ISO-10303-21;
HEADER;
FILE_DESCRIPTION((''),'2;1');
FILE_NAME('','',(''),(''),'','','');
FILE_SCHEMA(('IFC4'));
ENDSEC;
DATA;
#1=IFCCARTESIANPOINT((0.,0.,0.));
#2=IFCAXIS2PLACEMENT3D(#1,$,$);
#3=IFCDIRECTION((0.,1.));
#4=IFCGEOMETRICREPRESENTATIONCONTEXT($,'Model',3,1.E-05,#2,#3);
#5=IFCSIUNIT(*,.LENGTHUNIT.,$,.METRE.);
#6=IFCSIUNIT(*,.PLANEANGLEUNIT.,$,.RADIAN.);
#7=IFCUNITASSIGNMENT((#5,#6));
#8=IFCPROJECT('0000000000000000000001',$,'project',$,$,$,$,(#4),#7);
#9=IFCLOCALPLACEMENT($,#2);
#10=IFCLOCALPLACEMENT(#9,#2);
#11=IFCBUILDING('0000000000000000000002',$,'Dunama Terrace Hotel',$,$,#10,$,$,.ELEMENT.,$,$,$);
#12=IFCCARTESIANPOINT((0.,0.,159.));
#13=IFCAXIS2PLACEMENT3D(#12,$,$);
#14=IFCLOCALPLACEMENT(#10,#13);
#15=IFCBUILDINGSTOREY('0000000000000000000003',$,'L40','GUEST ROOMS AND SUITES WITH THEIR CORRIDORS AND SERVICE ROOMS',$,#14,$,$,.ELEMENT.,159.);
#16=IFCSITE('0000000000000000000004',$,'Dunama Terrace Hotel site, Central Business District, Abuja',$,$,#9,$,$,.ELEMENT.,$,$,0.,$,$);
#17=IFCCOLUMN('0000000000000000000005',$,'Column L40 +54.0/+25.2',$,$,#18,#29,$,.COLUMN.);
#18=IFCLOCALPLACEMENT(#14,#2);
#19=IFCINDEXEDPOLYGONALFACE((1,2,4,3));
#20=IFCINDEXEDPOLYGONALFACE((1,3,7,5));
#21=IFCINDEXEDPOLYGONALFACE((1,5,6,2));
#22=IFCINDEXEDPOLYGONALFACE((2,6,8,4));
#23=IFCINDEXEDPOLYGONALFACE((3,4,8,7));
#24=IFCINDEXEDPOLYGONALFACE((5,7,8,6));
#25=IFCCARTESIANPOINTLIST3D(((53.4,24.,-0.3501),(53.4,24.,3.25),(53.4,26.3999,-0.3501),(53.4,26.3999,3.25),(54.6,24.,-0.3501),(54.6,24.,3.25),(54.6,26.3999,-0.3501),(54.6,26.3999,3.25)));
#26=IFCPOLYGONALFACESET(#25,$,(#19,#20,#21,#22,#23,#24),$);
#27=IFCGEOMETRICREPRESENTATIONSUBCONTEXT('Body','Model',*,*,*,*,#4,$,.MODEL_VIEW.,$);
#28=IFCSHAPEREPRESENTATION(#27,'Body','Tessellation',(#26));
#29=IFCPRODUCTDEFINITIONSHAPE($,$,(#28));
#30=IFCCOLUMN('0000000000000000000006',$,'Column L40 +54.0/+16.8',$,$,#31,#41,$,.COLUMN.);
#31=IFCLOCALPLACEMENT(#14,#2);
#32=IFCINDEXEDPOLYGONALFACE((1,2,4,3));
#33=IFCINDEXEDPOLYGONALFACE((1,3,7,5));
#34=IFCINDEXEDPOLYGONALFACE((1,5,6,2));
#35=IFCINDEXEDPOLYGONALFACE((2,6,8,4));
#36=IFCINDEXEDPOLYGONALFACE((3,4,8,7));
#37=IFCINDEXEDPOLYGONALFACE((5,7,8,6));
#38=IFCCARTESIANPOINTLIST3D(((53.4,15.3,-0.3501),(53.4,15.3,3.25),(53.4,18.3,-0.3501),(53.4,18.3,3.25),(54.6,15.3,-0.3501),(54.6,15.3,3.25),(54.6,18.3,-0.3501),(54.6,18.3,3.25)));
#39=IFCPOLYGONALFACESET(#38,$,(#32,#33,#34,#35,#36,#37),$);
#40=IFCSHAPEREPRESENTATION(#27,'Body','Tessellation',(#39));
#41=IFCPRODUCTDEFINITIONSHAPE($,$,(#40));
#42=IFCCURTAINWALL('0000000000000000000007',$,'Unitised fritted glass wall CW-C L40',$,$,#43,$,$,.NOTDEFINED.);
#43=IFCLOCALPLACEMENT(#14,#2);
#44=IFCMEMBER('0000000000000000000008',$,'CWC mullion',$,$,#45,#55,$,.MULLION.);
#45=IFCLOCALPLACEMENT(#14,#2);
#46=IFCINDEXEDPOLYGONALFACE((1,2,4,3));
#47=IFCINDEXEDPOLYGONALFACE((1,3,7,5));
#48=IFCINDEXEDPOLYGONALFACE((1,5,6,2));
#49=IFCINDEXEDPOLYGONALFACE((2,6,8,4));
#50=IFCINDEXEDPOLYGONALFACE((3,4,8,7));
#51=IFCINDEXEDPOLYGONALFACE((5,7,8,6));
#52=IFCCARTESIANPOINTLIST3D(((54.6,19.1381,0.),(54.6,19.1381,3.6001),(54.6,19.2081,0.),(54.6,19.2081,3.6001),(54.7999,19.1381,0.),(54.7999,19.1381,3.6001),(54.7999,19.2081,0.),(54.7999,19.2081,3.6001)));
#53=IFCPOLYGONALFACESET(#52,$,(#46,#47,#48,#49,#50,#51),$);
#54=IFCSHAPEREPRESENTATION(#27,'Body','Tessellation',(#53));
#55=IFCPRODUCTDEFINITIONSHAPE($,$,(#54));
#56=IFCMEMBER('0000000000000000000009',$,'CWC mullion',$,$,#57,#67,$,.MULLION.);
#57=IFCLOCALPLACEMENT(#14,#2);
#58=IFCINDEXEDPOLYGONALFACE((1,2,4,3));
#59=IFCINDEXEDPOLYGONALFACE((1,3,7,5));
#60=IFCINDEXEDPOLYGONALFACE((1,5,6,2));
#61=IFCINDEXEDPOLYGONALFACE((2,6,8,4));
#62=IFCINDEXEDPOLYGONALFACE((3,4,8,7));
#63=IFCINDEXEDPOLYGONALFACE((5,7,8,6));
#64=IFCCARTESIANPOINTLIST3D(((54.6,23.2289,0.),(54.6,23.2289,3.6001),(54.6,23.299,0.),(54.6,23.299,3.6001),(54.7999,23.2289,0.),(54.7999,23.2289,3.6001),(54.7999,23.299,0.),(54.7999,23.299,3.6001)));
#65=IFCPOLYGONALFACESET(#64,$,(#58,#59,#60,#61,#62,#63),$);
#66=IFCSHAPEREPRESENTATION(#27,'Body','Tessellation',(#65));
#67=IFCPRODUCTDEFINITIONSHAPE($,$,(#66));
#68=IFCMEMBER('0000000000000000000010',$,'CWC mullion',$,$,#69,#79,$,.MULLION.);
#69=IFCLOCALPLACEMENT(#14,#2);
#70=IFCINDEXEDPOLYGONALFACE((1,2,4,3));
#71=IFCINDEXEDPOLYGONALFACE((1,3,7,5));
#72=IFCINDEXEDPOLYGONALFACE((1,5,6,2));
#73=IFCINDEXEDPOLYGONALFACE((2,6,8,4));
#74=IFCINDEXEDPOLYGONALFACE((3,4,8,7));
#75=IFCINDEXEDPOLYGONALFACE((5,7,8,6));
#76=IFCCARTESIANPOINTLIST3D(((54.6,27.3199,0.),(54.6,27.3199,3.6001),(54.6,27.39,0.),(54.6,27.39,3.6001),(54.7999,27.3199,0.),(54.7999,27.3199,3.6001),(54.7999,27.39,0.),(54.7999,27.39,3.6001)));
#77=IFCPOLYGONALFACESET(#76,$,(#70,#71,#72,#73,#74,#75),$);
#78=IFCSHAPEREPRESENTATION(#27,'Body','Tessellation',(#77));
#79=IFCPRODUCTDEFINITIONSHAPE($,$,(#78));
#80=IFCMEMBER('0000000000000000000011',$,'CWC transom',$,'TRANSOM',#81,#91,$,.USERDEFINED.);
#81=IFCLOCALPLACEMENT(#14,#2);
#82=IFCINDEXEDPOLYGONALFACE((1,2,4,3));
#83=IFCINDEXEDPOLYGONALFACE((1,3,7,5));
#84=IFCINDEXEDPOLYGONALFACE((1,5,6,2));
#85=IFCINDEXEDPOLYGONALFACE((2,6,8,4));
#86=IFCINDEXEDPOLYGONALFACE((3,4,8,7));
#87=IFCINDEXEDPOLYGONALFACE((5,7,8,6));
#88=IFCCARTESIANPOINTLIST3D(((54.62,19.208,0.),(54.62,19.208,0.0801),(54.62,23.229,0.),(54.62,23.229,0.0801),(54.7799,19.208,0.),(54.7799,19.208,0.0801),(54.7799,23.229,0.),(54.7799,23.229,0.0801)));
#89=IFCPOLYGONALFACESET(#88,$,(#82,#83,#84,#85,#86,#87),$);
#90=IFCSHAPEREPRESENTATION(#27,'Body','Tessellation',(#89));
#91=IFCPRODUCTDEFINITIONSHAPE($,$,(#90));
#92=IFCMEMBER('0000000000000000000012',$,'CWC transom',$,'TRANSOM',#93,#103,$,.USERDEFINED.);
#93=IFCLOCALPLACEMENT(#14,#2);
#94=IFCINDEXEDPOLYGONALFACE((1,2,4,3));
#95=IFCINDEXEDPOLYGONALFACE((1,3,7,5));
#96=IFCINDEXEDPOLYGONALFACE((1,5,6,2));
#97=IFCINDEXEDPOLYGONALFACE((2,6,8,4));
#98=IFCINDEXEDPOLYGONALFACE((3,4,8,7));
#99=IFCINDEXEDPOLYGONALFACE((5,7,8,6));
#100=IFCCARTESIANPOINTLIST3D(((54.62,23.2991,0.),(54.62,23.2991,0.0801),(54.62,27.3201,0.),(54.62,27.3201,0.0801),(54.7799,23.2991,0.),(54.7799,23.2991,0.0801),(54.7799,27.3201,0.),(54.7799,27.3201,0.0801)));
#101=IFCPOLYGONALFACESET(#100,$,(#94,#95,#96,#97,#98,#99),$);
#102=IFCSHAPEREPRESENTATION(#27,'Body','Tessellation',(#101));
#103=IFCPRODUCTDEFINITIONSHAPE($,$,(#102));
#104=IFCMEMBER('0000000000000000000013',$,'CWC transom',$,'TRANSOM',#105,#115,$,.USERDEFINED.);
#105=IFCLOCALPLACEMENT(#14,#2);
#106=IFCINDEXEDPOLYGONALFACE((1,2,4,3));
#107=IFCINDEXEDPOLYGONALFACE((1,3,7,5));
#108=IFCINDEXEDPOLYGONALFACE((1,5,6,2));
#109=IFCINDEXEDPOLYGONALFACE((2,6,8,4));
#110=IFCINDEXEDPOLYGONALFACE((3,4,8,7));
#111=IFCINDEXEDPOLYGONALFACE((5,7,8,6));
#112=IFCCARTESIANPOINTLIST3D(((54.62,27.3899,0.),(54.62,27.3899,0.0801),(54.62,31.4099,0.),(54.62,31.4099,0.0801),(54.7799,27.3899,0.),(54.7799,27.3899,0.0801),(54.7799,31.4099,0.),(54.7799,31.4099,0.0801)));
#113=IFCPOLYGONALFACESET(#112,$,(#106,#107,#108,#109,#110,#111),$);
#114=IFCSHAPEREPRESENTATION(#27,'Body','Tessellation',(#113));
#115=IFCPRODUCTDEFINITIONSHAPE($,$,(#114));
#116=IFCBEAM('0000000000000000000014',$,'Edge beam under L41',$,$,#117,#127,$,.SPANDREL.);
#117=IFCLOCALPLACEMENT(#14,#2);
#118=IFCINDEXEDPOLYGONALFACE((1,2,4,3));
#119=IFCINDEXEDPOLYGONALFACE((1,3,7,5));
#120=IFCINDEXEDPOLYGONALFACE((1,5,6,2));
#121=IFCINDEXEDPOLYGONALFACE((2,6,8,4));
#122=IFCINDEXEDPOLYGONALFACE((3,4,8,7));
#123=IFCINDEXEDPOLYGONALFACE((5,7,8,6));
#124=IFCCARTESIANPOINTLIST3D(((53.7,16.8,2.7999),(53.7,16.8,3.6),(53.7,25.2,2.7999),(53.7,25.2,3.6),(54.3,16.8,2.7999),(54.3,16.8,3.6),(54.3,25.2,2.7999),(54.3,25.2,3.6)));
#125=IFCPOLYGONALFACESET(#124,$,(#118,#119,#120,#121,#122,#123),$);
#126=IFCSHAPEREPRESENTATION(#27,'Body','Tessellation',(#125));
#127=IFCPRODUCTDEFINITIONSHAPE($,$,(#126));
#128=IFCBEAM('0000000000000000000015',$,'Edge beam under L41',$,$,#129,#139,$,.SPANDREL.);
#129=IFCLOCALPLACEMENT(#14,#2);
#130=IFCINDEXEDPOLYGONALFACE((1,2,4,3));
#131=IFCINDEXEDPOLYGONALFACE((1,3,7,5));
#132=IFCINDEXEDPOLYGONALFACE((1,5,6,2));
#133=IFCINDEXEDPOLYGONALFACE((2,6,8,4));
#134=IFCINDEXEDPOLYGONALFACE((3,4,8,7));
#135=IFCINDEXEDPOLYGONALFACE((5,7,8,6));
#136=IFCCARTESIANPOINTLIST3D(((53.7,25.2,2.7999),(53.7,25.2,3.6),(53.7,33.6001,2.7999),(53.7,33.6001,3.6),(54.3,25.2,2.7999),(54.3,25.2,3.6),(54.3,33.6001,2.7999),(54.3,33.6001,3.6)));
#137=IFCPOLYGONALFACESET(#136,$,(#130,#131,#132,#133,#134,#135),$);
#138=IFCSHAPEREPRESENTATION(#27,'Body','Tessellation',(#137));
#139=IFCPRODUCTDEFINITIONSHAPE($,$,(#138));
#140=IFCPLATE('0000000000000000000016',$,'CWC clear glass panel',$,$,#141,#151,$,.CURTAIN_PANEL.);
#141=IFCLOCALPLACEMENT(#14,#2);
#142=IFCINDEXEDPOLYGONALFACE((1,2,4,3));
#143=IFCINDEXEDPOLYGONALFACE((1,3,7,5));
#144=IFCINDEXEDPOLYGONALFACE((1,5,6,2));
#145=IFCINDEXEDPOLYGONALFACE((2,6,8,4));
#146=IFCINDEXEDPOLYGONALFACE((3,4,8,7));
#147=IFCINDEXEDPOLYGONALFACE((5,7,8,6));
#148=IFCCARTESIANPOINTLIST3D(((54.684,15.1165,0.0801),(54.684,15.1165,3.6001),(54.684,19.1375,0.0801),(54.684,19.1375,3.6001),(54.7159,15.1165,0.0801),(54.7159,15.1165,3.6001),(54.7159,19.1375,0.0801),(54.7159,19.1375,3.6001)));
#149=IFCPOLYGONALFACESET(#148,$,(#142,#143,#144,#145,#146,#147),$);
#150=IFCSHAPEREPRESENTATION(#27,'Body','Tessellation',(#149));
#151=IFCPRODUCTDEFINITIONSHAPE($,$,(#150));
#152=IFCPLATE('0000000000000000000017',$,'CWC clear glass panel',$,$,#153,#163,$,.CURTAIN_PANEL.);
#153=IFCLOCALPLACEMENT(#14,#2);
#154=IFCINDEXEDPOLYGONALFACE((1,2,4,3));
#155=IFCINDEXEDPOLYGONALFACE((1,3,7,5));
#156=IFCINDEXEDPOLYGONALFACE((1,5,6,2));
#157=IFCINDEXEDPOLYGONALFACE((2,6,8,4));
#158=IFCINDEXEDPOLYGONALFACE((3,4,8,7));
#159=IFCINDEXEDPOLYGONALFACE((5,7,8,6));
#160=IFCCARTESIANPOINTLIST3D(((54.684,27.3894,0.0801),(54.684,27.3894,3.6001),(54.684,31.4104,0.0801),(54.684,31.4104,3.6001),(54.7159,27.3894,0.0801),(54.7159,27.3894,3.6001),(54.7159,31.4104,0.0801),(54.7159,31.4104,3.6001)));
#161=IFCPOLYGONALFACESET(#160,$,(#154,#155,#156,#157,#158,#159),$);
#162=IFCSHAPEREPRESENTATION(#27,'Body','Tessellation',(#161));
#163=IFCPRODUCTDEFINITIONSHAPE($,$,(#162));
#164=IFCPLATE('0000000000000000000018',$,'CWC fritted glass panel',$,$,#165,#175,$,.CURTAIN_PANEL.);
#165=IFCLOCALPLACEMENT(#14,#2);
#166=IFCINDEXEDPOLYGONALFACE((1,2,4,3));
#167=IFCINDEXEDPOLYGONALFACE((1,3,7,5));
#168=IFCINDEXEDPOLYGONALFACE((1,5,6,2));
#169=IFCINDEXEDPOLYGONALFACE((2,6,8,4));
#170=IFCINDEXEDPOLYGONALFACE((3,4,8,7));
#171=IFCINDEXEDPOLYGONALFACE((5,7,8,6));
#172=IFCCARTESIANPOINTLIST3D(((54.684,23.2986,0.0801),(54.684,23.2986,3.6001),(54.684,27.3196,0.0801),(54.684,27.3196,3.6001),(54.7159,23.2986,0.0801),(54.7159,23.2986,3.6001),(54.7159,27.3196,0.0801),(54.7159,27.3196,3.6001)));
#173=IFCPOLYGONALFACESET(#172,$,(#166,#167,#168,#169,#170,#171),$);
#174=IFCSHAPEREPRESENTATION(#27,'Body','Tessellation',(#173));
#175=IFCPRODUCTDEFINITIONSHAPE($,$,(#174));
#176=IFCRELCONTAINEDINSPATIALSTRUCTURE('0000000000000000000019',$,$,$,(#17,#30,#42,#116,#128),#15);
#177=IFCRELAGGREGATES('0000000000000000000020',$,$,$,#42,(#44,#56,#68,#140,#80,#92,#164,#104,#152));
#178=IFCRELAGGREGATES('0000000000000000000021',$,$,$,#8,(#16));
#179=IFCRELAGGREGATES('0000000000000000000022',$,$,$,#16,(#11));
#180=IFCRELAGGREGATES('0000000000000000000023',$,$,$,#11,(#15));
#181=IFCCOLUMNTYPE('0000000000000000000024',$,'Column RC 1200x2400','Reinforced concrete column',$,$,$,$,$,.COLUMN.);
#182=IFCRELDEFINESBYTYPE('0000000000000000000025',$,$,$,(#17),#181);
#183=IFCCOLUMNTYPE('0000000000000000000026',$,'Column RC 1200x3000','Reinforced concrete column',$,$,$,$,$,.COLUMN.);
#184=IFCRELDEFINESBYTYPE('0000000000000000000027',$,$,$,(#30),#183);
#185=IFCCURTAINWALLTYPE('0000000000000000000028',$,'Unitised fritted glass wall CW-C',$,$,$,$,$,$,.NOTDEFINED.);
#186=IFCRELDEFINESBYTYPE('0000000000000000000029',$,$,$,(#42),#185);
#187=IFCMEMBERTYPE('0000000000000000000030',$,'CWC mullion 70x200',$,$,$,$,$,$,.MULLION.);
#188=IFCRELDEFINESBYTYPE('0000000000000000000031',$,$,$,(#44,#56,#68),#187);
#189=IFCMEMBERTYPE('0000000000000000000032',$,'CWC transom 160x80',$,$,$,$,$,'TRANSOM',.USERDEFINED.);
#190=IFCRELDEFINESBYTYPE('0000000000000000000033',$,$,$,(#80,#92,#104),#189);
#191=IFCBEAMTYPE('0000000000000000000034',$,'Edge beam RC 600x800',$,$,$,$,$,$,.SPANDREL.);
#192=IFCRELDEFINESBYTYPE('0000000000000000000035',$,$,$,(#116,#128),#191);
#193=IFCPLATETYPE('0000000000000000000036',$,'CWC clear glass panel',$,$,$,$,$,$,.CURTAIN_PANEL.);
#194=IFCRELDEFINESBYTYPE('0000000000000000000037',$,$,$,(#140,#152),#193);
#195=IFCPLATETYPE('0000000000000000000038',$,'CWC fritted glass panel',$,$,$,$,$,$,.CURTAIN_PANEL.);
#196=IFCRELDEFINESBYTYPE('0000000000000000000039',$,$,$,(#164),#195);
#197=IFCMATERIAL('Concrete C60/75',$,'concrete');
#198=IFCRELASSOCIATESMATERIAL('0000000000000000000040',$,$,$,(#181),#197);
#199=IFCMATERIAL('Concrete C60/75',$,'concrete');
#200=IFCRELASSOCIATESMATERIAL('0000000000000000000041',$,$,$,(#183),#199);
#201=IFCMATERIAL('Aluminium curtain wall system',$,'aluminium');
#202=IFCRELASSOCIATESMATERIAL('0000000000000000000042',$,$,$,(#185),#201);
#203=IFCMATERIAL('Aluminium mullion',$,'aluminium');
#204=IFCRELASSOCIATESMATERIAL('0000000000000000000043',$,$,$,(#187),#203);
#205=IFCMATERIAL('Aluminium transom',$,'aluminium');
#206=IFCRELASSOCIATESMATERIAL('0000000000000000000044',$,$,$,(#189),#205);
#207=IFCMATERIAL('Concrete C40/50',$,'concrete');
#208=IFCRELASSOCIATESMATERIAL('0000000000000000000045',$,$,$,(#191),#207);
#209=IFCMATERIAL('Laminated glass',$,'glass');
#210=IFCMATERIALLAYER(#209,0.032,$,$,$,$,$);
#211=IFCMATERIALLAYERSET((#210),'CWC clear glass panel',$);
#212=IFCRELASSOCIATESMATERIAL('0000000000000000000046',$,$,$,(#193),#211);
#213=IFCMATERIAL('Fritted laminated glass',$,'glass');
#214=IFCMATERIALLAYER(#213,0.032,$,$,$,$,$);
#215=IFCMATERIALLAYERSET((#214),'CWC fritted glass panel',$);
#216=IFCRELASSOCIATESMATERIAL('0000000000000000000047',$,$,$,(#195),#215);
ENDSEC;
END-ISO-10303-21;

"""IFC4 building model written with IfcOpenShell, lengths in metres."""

from ifc_helpers import new_model, si_unit, direction, frame, origin, origin_2d, place, context, subcontext, project, spatial, rectangle, extrude, material, layer, layer_set, material_profile, profile_set, type_object, element, aggregate, save


model = new_model("IFC4")

# Units and contexts
model_context = context("Model", 3, precision=1e-05, world=origin(), true_north=direction((0.0, 1.0)))
body_context = subcontext(model_context, "Body", "Model", "MODEL_VIEW")
ifc_project = project(units=[si_unit("LENGTHUNIT", "METRE"), si_unit("PLANEANGLEUNIT", "RADIAN")], contexts=[model_context])

# Site, building, storey
site_placement = place(None, origin())
site = spatial("IfcSite", under=ifc_project, at=site_placement, Name="Dunama Terrace Hotel site, Central Business District, Abuja", CompositionType="ELEMENT", RefElevation=0.0)
building_placement = place(site_placement, origin())
building = spatial("IfcBuilding", under=site, at=building_placement, Name="Dunama Terrace Hotel", CompositionType="ELEMENT")
storey_placement = place(building_placement, frame((0.0, 0.0, 159.0)))
storey = spatial("IfcBuildingStorey", under=building, at=storey_placement, Name="L40", Description="GUEST ROOMS AND SUITES WITH THEIR CORRIDORS AND SERVICE ROOMS", CompositionType="ELEMENT", Elevation=159.0)

# Columns
ifc_material_1 = material(Name="Concrete C60/75", Category="concrete")
ifc_material_profile_1 = material_profile(ifc_material_1, rectangle(XDim=1.2, YDim=2.3999, at=origin_2d()), Name="RC 1200x2400")
ifc_profile_set_1 = profile_set([ifc_material_profile_1], Name="Concrete C60/75")
column_type_1 = type_object("IfcColumnType", Name="Column RC 1200x2400", Description="Reinforced concrete column", PredefinedType="COLUMN", material=ifc_profile_set_1)
column_1_placement = place(storey_placement, frame((54.0, 25.2, -0.3501), z_axis=(0.0, 0.0, 1.0), x_axis=(1.0, 0.0, 0.0)))
element("IfcColumn", 1, at=column_1_placement, inside=storey, type_object=column_type_1, Name="Column L40 +54.0/+25.2", PredefinedType="COLUMN", context=body_context, shape_type="SweptSolid", body=[
    extrude(rectangle(XDim=1.2, YDim=2.3999, at=origin_2d()), origin(), (0.0, 0.0, 1.0), 3.6001),
])
ifc_material_2 = material(Name="Concrete C60/75", Category="concrete")
ifc_material_profile_2 = material_profile(ifc_material_2, rectangle(XDim=1.2, YDim=3.0, at=origin_2d()), Name="RC 1200x3000")
ifc_profile_set_2 = profile_set([ifc_material_profile_2], Name="Concrete C60/75")
column_type_2 = type_object("IfcColumnType", Name="Column RC 1200x3000", Description="Reinforced concrete column", PredefinedType="COLUMN", material=ifc_profile_set_2)
column_2_placement = place(storey_placement, frame((54.0, 16.8, -0.3501), z_axis=(0.0, 0.0, 1.0), x_axis=(1.0, 0.0, 0.0)))
element("IfcColumn", 2, at=column_2_placement, inside=storey, type_object=column_type_2, Name="Column L40 +54.0/+16.8", PredefinedType="COLUMN", context=body_context, shape_type="SweptSolid", body=[
    extrude(rectangle(XDim=1.2, YDim=3.0, at=origin_2d()), origin(), (0.0, 0.0, 1.0), 3.6001),
])

# Curtain wall, members
ifc_material_3 = material(Name="Aluminium curtain wall system", Category="aluminium")
curtain_wall_type = type_object("IfcCurtainWallType", Name="Unitised fritted glass wall CW-C", PredefinedType="NOTDEFINED", material=ifc_material_3)
curtain_wall_placement = place(storey_placement, origin())
curtain_wall = element("IfcCurtainWall", 3, at=curtain_wall_placement, inside=storey, type_object=curtain_wall_type, Name="Unitised fritted glass wall CW-C L40", PredefinedType="NOTDEFINED")
ifc_material_4 = material(Name="Aluminium mullion", Category="aluminium")
ifc_material_profile_3 = material_profile(ifc_material_4, rectangle(XDim=0.0701, YDim=0.2, at=origin_2d()), Name="CWC MULLION 70X200")
ifc_profile_set_3 = profile_set([ifc_material_profile_3], Name="Aluminium mullion")
member_type_1 = type_object("IfcMemberType", Name="CWC mullion 70x200", PredefinedType="MULLION", material=ifc_profile_set_3)
member_1_placement = place(storey_placement, frame((54.7, 19.1731, 0.0), z_axis=(0.0, 0.0, 1.0), x_axis=(0.0, 1.0, 0.0)))
member_1 = element("IfcMember", 4, at=member_1_placement, type_object=member_type_1, Name="CWC mullion", PredefinedType="MULLION", context=body_context, shape_type="SweptSolid", body=[
    extrude(rectangle(XDim=0.0701, YDim=0.2, at=origin_2d()), origin(), (0.0, 0.0, 1.0), 3.6001),
])
member_2_placement = place(storey_placement, frame((54.7, 23.2639, 0.0), z_axis=(0.0, 0.0, 1.0), x_axis=(0.0, 1.0, 0.0)))
member_2 = element("IfcMember", 5, at=member_2_placement, type_object=member_type_1, Name="CWC mullion", PredefinedType="MULLION", context=body_context, shape_type="SweptSolid", body=[
    extrude(rectangle(XDim=0.0701, YDim=0.2, at=origin_2d()), origin(), (0.0, 0.0, 1.0), 3.6001),
])
member_3_placement = place(storey_placement, frame((54.7, 27.355, 0.0), z_axis=(0.0, 0.0, 1.0), x_axis=(0.0, 1.0, 0.0)))
member_3 = element("IfcMember", 6, at=member_3_placement, type_object=member_type_1, Name="CWC mullion", PredefinedType="MULLION", context=body_context, shape_type="SweptSolid", body=[
    extrude(rectangle(XDim=0.0701, YDim=0.2, at=origin_2d()), origin(), (0.0, 0.0, 1.0), 3.6001),
])
ifc_material_5 = material(Name="Aluminium transom", Category="aluminium")
ifc_material_profile_4 = material_profile(ifc_material_5, rectangle(XDim=0.1599, YDim=0.0801, at=origin_2d()), Name="CWC TRANSOM 160X80")
ifc_profile_set_4 = profile_set([ifc_material_profile_4], Name="Aluminium transom")
member_type_2 = type_object("IfcMemberType", Name="CWC transom 160x80", ElementType="TRANSOM", PredefinedType="USERDEFINED", material=ifc_profile_set_4)
member_4_placement = place(storey_placement, frame((54.7, 19.208, 0.04), z_axis=(0.0, 1.0, 0.0), x_axis=(-1.0, 0.0, 0.0)))
member_4 = element("IfcMember", 7, at=member_4_placement, type_object=member_type_2, Name="CWC transom", ObjectType="TRANSOM", PredefinedType="USERDEFINED", context=body_context, shape_type="SweptSolid", body=[
    extrude(rectangle(XDim=0.1599, YDim=0.0801, at=origin_2d()), origin(), (0.0, 0.0, 1.0), 4.021),
])
member_5_placement = place(storey_placement, frame((54.7, 23.2991, 0.04), z_axis=(0.0, 1.0, 0.0), x_axis=(-1.0, 0.0, 0.0)))
member_5 = element("IfcMember", 8, at=member_5_placement, type_object=member_type_2, Name="CWC transom", ObjectType="TRANSOM", PredefinedType="USERDEFINED", context=body_context, shape_type="SweptSolid", body=[
    extrude(rectangle(XDim=0.1599, YDim=0.0801, at=origin_2d()), origin(), (0.0, 0.0, 1.0), 4.021),
])
member_6_placement = place(storey_placement, frame((54.7, 27.3899, 0.04), z_axis=(0.0, 1.0, 0.0), x_axis=(-1.0, 0.0, 0.0)))
member_6 = element("IfcMember", 9, at=member_6_placement, type_object=member_type_2, Name="CWC transom", ObjectType="TRANSOM", PredefinedType="USERDEFINED", context=body_context, shape_type="SweptSolid", body=[
    extrude(rectangle(XDim=0.1599, YDim=0.0801, at=origin_2d()), origin(), (0.0, 0.0, 1.0), 4.02),
])

# Beams
ifc_material_6 = material(Name="Concrete C40/50", Category="concrete")
ifc_material_profile_5 = material_profile(ifc_material_6, rectangle(XDim=0.6001, YDim=0.8, at=origin_2d()), Name="RC 600x800")
ifc_profile_set_5 = profile_set([ifc_material_profile_5], Name="Concrete C40/50")
beam_type = type_object("IfcBeamType", Name="Edge beam RC 600x800", PredefinedType="SPANDREL", material=ifc_profile_set_5)
beam_1_placement = place(storey_placement, frame((54.0, 16.8, 3.2), z_axis=(0.0, 1.0, 0.0), x_axis=(-1.0, 0.0, 0.0)))
element("IfcBeam", 10, at=beam_1_placement, inside=storey, type_object=beam_type, Name="Edge beam under L41", PredefinedType="SPANDREL", context=body_context, shape_type="SweptSolid", body=[
    extrude(rectangle(XDim=0.6001, YDim=0.8, at=origin_2d()), origin(), (0.0, 0.0, 1.0), 8.3999),
])
beam_2_placement = place(storey_placement, frame((54.0, 25.2, 3.2), z_axis=(0.0, 1.0, 0.0), x_axis=(-1.0, 0.0, 0.0)))
element("IfcBeam", 11, at=beam_2_placement, inside=storey, type_object=beam_type, Name="Edge beam under L41", PredefinedType="SPANDREL", context=body_context, shape_type="SweptSolid", body=[
    extrude(rectangle(XDim=0.6001, YDim=0.8, at=origin_2d()), origin(), (0.0, 0.0, 1.0), 8.4001),
])

# Plates
ifc_material_7 = material(Name="Laminated glass", Category="glass")
ifc_layer_1 = layer(ifc_material_7, 0.032)
ifc_layer_set_1 = layer_set([ifc_layer_1], Name="CWC clear glass panel")
plate_type_1 = type_object("IfcPlateType", Name="CWC clear glass panel", PredefinedType="CURTAIN_PANEL", material=ifc_layer_set_1)
plate_1_placement = place(storey_placement, frame((54.7, 17.127, 0.0801), z_axis=(0.0, 0.0, 1.0), x_axis=(0.0, 1.0, 0.0)))
plate_1 = element("IfcPlate", 12, at=plate_1_placement, type_object=plate_type_1, Name="CWC clear glass panel", PredefinedType="CURTAIN_PANEL", context=body_context, shape_type="SweptSolid", body=[
    extrude(rectangle(XDim=4.021, YDim=0.032, at=origin_2d()), origin(), (0.0, 0.0, 1.0), 3.52),
])
plate_2_placement = place(storey_placement, frame((54.7, 29.3999, 0.0801), z_axis=(0.0, 0.0, 1.0), x_axis=(0.0, 1.0, 0.0)))
plate_2 = element("IfcPlate", 13, at=plate_2_placement, type_object=plate_type_1, Name="CWC clear glass panel", PredefinedType="CURTAIN_PANEL", context=body_context, shape_type="SweptSolid", body=[
    extrude(rectangle(XDim=4.021, YDim=0.032, at=origin_2d()), origin(), (0.0, 0.0, 1.0), 3.52),
])
ifc_material_8 = material(Name="Fritted laminated glass", Category="glass")
ifc_layer_2 = layer(ifc_material_8, 0.032)
ifc_layer_set_2 = layer_set([ifc_layer_2], Name="CWC fritted glass panel")
plate_type_2 = type_object("IfcPlateType", Name="CWC fritted glass panel", PredefinedType="CURTAIN_PANEL", material=ifc_layer_set_2)
plate_3_placement = place(storey_placement, frame((54.7, 25.3091, 0.0801), z_axis=(0.0, 0.0, 1.0), x_axis=(0.0, 1.0, 0.0)))
plate_3 = element("IfcPlate", 14, at=plate_3_placement, type_object=plate_type_2, Name="CWC fritted glass panel", PredefinedType="CURTAIN_PANEL", context=body_context, shape_type="SweptSolid", body=[
    extrude(rectangle(XDim=4.021, YDim=0.032, at=origin_2d()), origin(), (0.0, 0.0, 1.0), 3.52),
])
aggregate(curtain_wall, [member_1, member_2, member_3, plate_1, member_4, member_5, plate_3, member_6, plate_2])

save(model, "model.ifc")
